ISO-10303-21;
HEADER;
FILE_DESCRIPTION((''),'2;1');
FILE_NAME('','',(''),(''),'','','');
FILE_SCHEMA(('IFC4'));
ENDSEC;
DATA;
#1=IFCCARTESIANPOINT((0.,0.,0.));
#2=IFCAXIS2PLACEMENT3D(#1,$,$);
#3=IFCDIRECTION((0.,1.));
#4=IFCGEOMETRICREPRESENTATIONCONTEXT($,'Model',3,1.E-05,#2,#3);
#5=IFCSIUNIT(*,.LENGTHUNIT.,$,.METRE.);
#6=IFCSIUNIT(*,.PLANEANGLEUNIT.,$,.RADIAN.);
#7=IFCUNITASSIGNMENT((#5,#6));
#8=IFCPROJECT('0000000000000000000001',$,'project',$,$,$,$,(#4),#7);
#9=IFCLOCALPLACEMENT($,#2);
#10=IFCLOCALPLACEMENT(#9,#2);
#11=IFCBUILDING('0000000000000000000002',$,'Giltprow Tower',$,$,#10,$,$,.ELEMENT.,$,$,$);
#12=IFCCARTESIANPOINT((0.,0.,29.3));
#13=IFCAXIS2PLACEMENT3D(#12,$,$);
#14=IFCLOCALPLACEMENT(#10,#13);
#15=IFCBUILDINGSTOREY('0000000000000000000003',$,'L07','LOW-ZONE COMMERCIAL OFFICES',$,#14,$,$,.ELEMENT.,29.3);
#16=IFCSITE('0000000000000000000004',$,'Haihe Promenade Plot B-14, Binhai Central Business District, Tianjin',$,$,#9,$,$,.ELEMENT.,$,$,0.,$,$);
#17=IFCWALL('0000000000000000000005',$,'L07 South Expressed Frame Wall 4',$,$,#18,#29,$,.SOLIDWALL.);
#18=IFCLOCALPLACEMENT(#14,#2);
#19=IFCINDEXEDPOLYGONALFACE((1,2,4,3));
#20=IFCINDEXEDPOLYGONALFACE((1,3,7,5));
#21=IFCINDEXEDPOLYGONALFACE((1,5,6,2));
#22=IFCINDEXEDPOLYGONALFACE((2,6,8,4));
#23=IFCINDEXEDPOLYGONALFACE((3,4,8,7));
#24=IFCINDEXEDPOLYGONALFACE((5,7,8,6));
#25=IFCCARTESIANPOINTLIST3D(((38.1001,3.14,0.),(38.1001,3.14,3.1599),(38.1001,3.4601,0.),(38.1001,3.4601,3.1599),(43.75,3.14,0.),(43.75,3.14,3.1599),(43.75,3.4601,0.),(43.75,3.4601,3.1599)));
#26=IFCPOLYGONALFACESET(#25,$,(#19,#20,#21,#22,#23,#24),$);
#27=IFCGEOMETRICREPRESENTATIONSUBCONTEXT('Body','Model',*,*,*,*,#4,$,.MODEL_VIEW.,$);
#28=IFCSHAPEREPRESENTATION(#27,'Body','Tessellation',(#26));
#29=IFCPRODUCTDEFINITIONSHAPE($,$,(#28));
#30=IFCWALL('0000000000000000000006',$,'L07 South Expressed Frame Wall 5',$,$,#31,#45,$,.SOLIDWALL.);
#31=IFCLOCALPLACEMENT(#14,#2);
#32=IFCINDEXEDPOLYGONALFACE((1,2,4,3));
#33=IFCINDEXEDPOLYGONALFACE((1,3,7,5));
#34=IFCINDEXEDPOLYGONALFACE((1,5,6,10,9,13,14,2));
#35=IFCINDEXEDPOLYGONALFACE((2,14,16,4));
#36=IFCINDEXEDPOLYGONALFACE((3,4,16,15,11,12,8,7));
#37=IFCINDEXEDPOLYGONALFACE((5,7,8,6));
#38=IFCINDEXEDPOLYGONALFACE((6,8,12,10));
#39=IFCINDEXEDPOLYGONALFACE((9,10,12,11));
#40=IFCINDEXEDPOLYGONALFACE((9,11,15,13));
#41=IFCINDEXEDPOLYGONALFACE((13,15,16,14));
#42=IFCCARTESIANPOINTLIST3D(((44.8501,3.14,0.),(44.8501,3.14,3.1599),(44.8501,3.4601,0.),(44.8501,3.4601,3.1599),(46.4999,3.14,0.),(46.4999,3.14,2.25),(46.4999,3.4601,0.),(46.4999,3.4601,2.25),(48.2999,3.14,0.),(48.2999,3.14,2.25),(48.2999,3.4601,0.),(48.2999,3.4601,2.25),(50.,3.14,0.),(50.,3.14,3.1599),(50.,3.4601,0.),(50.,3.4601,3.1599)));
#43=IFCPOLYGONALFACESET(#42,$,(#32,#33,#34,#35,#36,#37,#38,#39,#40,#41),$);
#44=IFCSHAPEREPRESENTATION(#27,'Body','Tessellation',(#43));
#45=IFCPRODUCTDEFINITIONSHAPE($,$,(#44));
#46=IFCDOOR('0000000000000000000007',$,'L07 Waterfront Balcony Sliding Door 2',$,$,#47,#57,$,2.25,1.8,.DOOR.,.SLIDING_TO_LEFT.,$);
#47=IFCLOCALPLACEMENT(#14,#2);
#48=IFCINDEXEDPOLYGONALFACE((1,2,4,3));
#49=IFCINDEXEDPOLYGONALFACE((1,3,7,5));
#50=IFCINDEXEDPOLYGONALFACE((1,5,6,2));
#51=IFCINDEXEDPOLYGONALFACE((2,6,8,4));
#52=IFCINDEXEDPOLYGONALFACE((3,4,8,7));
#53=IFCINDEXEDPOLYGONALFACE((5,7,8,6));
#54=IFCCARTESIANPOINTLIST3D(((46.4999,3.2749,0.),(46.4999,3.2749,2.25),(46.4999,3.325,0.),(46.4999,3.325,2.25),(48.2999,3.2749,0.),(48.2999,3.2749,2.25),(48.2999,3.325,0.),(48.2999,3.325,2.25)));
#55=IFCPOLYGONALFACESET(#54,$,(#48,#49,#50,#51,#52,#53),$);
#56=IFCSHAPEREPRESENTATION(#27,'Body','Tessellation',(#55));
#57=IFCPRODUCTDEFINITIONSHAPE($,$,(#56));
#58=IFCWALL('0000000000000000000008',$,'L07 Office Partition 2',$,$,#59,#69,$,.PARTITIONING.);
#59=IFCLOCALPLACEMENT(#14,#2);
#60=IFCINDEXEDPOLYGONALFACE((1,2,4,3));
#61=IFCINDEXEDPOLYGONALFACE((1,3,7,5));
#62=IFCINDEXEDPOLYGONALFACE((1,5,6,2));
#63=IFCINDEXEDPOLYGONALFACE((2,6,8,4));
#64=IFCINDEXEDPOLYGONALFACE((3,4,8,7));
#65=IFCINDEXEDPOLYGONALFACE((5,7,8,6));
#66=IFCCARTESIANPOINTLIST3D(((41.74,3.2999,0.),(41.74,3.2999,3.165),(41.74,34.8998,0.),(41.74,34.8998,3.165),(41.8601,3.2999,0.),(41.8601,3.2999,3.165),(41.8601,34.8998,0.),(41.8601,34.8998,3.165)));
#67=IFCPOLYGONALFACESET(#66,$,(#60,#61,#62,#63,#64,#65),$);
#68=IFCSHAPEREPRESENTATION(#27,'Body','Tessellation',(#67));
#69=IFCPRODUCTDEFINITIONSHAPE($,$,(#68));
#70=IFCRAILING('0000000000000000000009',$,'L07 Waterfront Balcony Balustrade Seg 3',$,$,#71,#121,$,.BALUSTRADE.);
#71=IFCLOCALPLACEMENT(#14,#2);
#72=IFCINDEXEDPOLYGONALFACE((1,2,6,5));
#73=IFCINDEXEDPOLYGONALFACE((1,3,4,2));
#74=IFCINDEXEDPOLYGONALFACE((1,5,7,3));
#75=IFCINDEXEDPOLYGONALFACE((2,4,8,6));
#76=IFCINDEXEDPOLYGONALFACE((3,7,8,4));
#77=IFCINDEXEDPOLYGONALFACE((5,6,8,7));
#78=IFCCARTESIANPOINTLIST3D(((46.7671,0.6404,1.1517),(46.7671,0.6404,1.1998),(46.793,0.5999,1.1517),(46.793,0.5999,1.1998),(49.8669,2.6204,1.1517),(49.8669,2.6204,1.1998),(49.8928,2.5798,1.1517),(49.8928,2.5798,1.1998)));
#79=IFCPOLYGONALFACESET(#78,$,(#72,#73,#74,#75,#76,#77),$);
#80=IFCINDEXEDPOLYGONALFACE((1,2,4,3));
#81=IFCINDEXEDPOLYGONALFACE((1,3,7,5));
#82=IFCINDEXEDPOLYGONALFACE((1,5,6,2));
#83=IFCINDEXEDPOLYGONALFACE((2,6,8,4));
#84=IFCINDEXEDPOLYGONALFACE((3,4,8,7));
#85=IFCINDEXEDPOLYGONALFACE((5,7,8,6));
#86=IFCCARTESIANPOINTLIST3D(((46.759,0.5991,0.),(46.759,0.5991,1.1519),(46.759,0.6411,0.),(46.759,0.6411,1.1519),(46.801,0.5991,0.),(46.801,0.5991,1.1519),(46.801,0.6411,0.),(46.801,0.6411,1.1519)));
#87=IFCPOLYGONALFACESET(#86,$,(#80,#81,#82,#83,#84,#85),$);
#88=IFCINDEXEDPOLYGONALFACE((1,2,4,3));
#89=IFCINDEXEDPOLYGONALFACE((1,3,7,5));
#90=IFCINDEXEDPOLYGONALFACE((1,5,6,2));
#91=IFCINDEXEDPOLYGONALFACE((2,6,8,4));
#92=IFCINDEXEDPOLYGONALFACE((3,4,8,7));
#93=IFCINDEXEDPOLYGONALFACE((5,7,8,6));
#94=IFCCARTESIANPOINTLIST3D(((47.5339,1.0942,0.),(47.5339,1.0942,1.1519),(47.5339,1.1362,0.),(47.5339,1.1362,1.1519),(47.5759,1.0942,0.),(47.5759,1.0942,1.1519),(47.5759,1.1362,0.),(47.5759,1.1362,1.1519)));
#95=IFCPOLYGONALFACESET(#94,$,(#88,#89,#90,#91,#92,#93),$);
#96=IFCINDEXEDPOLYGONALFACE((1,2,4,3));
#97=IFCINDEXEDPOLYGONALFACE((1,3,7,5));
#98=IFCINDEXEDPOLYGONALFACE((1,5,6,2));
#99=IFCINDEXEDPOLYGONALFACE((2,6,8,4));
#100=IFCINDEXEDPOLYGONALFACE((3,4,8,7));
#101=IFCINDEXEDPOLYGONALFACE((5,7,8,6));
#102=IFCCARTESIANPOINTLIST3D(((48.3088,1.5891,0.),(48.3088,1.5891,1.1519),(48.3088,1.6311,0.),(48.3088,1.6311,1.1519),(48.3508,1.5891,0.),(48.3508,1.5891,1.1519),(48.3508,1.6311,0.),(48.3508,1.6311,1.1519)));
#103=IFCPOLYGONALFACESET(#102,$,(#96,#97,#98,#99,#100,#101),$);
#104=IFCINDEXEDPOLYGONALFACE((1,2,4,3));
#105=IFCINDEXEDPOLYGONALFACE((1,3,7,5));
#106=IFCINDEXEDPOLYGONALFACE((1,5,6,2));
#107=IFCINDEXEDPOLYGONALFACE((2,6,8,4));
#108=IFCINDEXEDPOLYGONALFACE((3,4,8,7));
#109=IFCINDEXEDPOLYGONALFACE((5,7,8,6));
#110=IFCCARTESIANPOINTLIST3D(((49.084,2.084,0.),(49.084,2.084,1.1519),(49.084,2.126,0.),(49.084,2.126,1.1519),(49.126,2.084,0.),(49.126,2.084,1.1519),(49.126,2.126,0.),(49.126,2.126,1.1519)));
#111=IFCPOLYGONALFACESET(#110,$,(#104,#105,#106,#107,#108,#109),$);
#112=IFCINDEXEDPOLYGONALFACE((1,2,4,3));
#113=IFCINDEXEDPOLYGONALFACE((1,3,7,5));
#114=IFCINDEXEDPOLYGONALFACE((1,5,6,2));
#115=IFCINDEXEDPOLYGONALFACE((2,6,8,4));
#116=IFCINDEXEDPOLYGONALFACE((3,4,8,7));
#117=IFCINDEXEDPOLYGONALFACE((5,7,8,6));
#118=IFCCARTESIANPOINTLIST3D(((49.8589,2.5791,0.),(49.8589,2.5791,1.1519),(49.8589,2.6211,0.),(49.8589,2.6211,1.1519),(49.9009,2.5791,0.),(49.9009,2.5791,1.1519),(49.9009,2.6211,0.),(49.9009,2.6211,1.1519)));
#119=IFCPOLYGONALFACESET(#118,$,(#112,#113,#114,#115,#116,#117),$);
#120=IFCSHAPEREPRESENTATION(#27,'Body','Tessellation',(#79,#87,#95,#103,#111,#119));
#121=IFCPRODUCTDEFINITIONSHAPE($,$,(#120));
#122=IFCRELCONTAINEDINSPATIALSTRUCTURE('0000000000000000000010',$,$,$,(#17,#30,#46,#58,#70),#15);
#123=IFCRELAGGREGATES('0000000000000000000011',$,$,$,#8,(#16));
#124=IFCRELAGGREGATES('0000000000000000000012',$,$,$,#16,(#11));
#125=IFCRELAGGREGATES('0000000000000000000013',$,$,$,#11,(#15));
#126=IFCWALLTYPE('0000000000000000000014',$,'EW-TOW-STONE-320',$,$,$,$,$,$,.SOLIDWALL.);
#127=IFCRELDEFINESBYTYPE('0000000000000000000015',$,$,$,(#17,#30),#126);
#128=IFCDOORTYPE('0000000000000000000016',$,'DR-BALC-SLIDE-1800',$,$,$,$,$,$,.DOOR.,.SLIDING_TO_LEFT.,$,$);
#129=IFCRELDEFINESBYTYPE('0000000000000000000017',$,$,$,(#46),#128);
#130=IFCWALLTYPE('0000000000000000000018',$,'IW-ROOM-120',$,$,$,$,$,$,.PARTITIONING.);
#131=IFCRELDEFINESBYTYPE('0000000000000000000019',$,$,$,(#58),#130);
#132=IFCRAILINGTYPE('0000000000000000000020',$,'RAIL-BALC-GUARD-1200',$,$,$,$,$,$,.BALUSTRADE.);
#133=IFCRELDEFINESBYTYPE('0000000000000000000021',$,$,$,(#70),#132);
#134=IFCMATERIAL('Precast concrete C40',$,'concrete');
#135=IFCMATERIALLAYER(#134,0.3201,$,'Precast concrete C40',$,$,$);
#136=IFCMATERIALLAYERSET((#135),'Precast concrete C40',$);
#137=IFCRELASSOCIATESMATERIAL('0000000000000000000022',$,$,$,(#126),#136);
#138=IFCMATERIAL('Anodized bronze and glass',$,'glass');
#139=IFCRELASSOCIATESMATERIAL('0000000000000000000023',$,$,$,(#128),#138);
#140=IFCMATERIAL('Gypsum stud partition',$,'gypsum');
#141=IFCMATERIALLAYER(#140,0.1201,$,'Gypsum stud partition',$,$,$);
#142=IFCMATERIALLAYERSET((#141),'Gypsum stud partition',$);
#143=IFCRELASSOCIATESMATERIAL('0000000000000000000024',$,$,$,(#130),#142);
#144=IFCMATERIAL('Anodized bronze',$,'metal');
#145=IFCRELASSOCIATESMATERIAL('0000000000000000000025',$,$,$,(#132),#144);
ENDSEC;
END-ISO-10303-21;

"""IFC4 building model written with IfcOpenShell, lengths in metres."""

from ifc_helpers import new_model, si_unit, direction, frame, frame_2d, origin, origin_2d, place, context, subcontext, project, spatial, rectangle, extrude, source, transform, mapped, material, layer, layer_set, type_object, element, fill, save


model = new_model("IFC4")

# Units and contexts
model_context = context("Model", 3, precision=1e-05, world=origin(), true_north=direction((0.0, 1.0)))
body_context = subcontext(model_context, "Body", "Model", "MODEL_VIEW")
ifc_project = project(units=[si_unit("LENGTHUNIT", "METRE"), si_unit("PLANEANGLEUNIT", "RADIAN")], contexts=[model_context])

# Site, building, storey
site_placement = place(None, origin())
site = spatial("IfcSite", under=ifc_project, at=site_placement, Name="Haihe Promenade Plot B-14, Binhai Central Business District, Tianjin", CompositionType="ELEMENT", RefElevation=0.0)
building_placement = place(site_placement, origin())
building = spatial("IfcBuilding", under=site, at=building_placement, Name="Giltprow Tower", CompositionType="ELEMENT")
storey_placement = place(building_placement, frame((0.0, 0.0, 29.3)))
storey = spatial("IfcBuildingStorey", under=building, at=storey_placement, Name="L07", Description="LOW-ZONE COMMERCIAL OFFICES", CompositionType="ELEMENT", Elevation=29.3)

# Shared definitions
ifc_material_1 = material(Name="Anodized bronze", Category="metal")

# Wall
ifc_material_2 = material(Name="Precast concrete C40", Category="concrete")
ifc_layer_1 = layer(ifc_material_2, 0.3201, Name="Precast concrete C40")
ifc_layer_set_1 = layer_set([ifc_layer_1], Name="Precast concrete C40")
wall_type_1 = type_object("IfcWallType", Name="EW-TOW-STONE-320", PredefinedType="SOLIDWALL", material=ifc_layer_set_1)
for number, where, z_axis, x_axis, name in (
    (1, (38.1001, 3.3, 0.0), (0.0, 0.0, 1.0), (1.0, 0.0, 0.0), "L07 South Expressed Frame Wall 4"),
):
    element("IfcWall", number, at=place(storey_placement, frame(where, z_axis=z_axis, x_axis=x_axis)), inside=storey, type_object=wall_type_1, Name=name, PredefinedType="SOLIDWALL", context=body_context, shape_type="SweptSolid", body=[
        extrude(rectangle(XDim=5.6499, YDim=0.3201, at=frame_2d((2.825, 0.0))), origin(), (0.0, 0.0, 1.0), 3.1599),
    ])

# Wall, opening, door
wall_1_placement = place(storey_placement, frame((44.8501, 3.3, 0.0), z_axis=(0.0, 0.0, 1.0), x_axis=(1.0, 0.0, 0.0)))
wall_1 = element("IfcWall", 2, at=wall_1_placement, inside=storey, type_object=wall_type_1, Name="L07 South Expressed Frame Wall 5", PredefinedType="SOLIDWALL", context=body_context, shape_type="SweptSolid", body=[
    extrude(rectangle(XDim=5.1499, YDim=0.3201, at=frame_2d((2.575, 0.0))), origin(), (0.0, 0.0, 1.0), 3.1599),
])
opening_placement = place(wall_1_placement, frame((1.6499, 0.0, 0.0)))
opening = element("IfcOpeningElement", 3, at=opening_placement, cuts=wall_1, PredefinedType="OPENING", context=body_context, shape_type="SweptSolid", body=[
    extrude(rectangle(XDim=1.8, YDim=2.25, at=frame_2d((0.8999, 1.125))), frame((0.0, 0.1699, 0.0), z_axis=(0.0, -1.0, 0.0), x_axis=(1.0, 0.0, 0.0)), (0.0, 0.0, 1.0), 0.3401),
])
ifc_material_3 = material(Name="Anodized bronze and glass", Category="glass")
door_type = type_object("IfcDoorType", Name="DR-BALC-SLIDE-1800", OperationType="SLIDING_TO_LEFT", PredefinedType="DOOR", material=ifc_material_3)
shared_shape_1 = source(origin(), body_context, "Body", "SweptSolid", [
    extrude(rectangle(XDim=1.8, YDim=2.25, at=frame_2d((0.8999, 1.125))), frame((0.0, 0.0249, 0.0), z_axis=(0.0, -1.0, 0.0), x_axis=(1.0, 0.0, 0.0)), (0.0, 0.0, 1.0), 0.05),
])
door_placement = place(opening_placement, origin())
door = element("IfcDoor", 4, at=door_placement, inside=storey, type_object=door_type, Name="L07 Waterfront Balcony Sliding Door 2", OperationType="SLIDING_TO_LEFT", OverallHeight=2.25, OverallWidth=1.8, PredefinedType="DOOR", context=body_context, shape_type="MappedRepresentation", body=[
    mapped(shared_shape_1, transform((0.0, 0.0, 0.0), x_axis=(1.0, 0.0, 0.0), y_axis=(0.0, 1.0, 0.0), z_axis=(0.0, 0.0, 1.0), scale=1.0)),
])
fill(opening, door)

# Wall
ifc_material_4 = material(Name="Gypsum stud partition", Category="gypsum")
ifc_layer_2 = layer(ifc_material_4, 0.1201, Name="Gypsum stud partition")
ifc_layer_set_2 = layer_set([ifc_layer_2], Name="Gypsum stud partition")
wall_type_2 = type_object("IfcWallType", Name="IW-ROOM-120", PredefinedType="PARTITIONING", material=ifc_layer_set_2)
wall_2_placement = place(storey_placement, frame((41.8, 3.3, 0.0), z_axis=(0.0, 0.0, 1.0), x_axis=(0.0, 1.0, 0.0)))
element("IfcWall", 5, at=wall_2_placement, inside=storey, type_object=wall_type_2, Name="L07 Office Partition 2", PredefinedType="PARTITIONING", context=body_context, shape_type="SweptSolid", body=[
    extrude(rectangle(XDim=31.5999, YDim=0.1201, at=frame_2d((15.7998, 0.0))), origin(), (0.0, 0.0, 1.0), 3.165),
])

# Railing
railing_type = type_object("IfcRailingType", Name="RAIL-BALC-GUARD-1200", PredefinedType="BALUSTRADE", material=ifc_material_1)
railing_1_placement = place(storey_placement, frame((46.78, 0.6201, 0.0)))
element("IfcRailing", 6, at=railing_1_placement, inside=storey, type_object=railing_type, Name="L07 Waterfront Balcony Balustrade Seg 3", PredefinedType="BALUSTRADE", context=body_context, shape_type="SweptSolid", body=[
    extrude(rectangle(XDim=0.0481, YDim=0.0481, at=origin_2d()), frame((0.0, 0.0, 1.1758), z_axis=(0.842756, 0.538296, 0.0), x_axis=(-0.538296, 0.842756, 0.0)), (0.0, 0.0, 1.0), 3.6782),
    extrude(rectangle(XDim=0.042, YDim=0.042, at=origin_2d()), origin(), (0.0, 0.0, 1.0), 1.1519),
    extrude(rectangle(XDim=0.042, YDim=0.042, at=origin_2d()), frame((0.7749, 0.4951, 0.0)), (0.0, 0.0, 1.0), 1.1519),
    extrude(rectangle(XDim=0.042, YDim=0.042, at=origin_2d()), frame((1.5498, 0.99, 0.0)), (0.0, 0.0, 1.0), 1.1519),
    extrude(rectangle(XDim=0.042, YDim=0.042, at=origin_2d()), frame((2.325, 1.4849, 0.0)), (0.0, 0.0, 1.0), 1.1519),
    extrude(rectangle(XDim=0.042, YDim=0.042, at=origin_2d()), frame((3.0999, 1.98, 0.0)), (0.0, 0.0, 1.0), 1.1519),
])

save(model, "model.ifc")
